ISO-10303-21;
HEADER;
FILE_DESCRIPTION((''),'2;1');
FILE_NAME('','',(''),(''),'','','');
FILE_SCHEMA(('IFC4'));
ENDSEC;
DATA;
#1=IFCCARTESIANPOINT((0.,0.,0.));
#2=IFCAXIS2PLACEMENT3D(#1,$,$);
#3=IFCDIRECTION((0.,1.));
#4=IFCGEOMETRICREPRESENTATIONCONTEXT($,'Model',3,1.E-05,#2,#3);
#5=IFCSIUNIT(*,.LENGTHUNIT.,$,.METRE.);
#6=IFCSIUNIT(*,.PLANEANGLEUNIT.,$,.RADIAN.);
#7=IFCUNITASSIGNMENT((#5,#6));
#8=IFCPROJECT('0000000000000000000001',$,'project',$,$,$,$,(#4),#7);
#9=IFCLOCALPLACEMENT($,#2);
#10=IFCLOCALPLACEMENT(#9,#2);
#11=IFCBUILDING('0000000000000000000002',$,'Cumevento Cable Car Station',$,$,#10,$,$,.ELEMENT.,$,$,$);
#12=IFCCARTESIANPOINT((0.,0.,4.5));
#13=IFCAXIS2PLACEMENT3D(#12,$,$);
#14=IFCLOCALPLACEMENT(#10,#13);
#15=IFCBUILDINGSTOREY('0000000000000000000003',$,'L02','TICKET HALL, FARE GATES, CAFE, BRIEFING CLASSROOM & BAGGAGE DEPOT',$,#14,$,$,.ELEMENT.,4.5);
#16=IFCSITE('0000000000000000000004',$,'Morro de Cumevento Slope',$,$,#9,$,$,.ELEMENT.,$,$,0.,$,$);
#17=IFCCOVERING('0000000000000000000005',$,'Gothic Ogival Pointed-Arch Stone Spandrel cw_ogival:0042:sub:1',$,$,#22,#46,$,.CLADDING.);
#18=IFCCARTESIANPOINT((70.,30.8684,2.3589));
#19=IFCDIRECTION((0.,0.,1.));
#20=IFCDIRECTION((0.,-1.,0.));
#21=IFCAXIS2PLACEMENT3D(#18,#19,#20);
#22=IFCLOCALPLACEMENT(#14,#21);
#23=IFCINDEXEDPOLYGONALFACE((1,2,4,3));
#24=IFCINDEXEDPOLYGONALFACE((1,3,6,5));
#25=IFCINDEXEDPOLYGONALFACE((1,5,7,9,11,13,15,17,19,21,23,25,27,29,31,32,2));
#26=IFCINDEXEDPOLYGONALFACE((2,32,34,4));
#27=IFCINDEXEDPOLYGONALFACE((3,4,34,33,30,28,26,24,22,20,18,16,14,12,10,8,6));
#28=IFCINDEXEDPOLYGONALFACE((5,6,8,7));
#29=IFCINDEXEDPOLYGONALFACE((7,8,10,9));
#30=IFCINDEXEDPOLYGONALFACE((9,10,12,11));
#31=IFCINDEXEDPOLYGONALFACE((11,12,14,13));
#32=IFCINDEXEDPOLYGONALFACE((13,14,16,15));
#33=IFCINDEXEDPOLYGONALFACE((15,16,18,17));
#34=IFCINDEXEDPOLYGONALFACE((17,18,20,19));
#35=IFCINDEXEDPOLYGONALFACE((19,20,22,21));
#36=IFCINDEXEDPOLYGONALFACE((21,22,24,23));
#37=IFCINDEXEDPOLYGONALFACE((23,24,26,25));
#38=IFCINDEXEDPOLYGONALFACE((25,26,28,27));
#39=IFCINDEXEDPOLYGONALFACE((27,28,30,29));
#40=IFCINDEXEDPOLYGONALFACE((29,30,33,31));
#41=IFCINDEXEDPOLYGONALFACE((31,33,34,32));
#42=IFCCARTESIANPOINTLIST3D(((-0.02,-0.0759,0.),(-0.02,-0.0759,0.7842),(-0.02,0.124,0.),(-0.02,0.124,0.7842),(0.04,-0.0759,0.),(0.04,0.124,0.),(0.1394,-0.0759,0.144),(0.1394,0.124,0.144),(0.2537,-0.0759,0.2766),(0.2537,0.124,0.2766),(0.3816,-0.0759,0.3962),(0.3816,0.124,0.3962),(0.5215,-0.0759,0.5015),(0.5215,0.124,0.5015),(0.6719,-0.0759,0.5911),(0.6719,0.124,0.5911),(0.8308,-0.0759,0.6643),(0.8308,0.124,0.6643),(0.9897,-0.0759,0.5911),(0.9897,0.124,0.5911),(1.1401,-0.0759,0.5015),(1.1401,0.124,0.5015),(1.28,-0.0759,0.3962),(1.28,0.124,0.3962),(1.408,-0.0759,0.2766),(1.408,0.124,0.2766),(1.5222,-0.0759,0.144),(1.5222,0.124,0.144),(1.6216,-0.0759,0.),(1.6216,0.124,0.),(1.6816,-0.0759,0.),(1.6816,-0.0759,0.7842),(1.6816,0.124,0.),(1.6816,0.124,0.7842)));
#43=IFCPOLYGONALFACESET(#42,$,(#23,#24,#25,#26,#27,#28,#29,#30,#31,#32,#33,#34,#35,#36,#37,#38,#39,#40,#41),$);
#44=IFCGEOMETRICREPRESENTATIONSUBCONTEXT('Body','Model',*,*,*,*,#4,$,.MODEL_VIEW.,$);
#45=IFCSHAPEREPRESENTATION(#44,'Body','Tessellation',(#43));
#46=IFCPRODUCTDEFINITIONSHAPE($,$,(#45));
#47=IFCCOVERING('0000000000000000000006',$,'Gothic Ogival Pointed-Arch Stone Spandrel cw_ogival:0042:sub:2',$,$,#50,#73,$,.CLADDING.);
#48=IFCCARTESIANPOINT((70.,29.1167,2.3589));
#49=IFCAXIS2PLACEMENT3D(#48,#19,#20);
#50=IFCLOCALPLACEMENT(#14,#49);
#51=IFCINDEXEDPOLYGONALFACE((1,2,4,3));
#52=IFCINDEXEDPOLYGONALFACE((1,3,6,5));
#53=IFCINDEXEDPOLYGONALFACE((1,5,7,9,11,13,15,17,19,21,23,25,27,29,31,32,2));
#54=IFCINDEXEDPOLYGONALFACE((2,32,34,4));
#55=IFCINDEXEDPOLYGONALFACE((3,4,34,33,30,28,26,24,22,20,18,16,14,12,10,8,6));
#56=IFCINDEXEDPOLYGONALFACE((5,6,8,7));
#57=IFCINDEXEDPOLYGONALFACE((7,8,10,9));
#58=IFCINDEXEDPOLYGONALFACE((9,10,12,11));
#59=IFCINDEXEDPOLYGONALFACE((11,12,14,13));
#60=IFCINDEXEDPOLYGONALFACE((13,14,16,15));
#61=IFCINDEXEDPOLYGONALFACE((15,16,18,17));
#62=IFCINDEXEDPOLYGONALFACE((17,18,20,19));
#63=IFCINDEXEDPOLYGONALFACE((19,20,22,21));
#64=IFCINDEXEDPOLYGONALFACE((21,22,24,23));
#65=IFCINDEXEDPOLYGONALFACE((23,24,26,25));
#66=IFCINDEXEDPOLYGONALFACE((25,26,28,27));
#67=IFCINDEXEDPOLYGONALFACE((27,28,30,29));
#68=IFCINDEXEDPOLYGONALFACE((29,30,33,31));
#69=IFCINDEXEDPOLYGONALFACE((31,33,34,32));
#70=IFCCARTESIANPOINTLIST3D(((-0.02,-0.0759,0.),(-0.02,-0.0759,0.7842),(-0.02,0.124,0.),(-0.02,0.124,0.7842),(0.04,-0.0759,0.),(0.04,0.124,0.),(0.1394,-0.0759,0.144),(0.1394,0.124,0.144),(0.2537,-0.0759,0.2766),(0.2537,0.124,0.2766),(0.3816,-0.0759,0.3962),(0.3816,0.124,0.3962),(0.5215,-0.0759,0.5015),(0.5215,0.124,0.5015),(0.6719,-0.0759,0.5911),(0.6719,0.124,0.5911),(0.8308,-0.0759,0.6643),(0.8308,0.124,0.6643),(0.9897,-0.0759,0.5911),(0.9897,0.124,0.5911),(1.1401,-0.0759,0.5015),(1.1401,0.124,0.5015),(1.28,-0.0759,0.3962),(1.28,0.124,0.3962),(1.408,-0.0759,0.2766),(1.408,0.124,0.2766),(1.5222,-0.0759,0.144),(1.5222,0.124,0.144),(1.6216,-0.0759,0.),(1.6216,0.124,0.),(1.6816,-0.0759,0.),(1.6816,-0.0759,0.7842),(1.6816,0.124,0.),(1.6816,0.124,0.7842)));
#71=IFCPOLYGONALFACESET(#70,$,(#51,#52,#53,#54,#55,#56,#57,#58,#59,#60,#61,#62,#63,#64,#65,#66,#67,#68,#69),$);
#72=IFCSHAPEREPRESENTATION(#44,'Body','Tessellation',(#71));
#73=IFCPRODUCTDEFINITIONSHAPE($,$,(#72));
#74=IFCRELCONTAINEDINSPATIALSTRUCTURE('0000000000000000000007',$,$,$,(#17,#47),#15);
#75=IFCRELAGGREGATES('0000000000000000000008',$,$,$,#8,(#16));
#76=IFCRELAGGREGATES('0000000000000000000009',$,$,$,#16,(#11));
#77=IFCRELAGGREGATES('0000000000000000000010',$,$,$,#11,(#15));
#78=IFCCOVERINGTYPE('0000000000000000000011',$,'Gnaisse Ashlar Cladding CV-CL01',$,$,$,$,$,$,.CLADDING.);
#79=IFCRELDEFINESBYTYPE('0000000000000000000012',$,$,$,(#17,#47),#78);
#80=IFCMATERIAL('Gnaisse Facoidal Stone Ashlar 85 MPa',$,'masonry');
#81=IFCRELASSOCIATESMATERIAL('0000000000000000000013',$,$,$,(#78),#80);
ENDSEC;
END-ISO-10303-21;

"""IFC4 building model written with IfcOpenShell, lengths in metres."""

from ifc_helpers import new_model, si_unit, direction, frame, origin, place, context, subcontext, project, spatial, polyline, outline, extrude, material, type_object, element, save


model = new_model("IFC4")

# Units and contexts
model_context = context("Model", 3, precision=1e-05, world=origin(), true_north=direction((0.0, 1.0)))
body_context = subcontext(model_context, "Body", "Model", "MODEL_VIEW")
ifc_project = project(units=[si_unit("LENGTHUNIT", "METRE"), si_unit("PLANEANGLEUNIT", "RADIAN")], contexts=[model_context])

# Site, building, storey
site_placement = place(None, origin())
site = spatial("IfcSite", under=ifc_project, at=site_placement, Name="Morro de Cumevento Slope", CompositionType="ELEMENT", RefElevation=0.0)
building_placement = place(site_placement, origin())
building = spatial("IfcBuilding", under=site, at=building_placement, Name="Cumevento Cable Car Station", CompositionType="ELEMENT")
storey_placement = place(building_placement, frame((0.0, 0.0, 4.5)))
storey = spatial("IfcBuildingStorey", under=building, at=storey_placement, Name="L02", Description="TICKET HALL, FARE GATES, CAFE, BRIEFING CLASSROOM & BAGGAGE DEPOT", CompositionType="ELEMENT", Elevation=4.5)

# Coverings
ifc_material_1 = material(Name="Gnaisse Facoidal Stone Ashlar 85 MPa", Category="masonry")
covering_type = type_object("IfcCoveringType", Name="Gnaisse Ashlar Cladding CV-CL01", PredefinedType="CLADDING", material=ifc_material_1)
for number, where, z_axis, x_axis, name in (
    (1, (70.0, 30.8684, 2.3589), (0.0, 0.0, 1.0), (0.0, -1.0, 0.0), "Gothic Ogival Pointed-Arch Stone Spandrel cw_ogival:0042:sub:1"),
    (2, (70.0, 29.1167, 2.3589), (0.0, 0.0, 1.0), (0.0, -1.0, 0.0), "Gothic Ogival Pointed-Arch Stone Spandrel cw_ogival:0042:sub:2"),
):
    element("IfcCovering", number, at=place(storey_placement, frame(where, z_axis=z_axis, x_axis=x_axis)), inside=storey, type_object=covering_type, Name=name, PredefinedType="CLADDING", context=body_context, shape_type="SweptSolid", body=[
        extrude(outline(polyline([(-0.02, 0.0), (-0.02, 0.7842), (1.6816, 0.7842), (1.6816, 0.0), (1.6216, 0.0), (1.5222, 0.144), (1.408, 0.2766), (1.28, 0.3962), (1.1401, 0.5015), (0.9897, 0.5911), (0.8308, 0.6643), (0.6719, 0.5911), (0.5215, 0.5015), (0.3816, 0.3962), (0.2537, 0.2766), (0.1394, 0.144), (0.04, 0.0), (-0.02, 0.0)])), frame((0.0, 0.124, 0.0), z_axis=(0.0, -1.0, 0.0), x_axis=(1.0, 0.0, 0.0)), (0.0, 0.0, 1.0), 0.2),
    ])

save(model, "model.ifc")
